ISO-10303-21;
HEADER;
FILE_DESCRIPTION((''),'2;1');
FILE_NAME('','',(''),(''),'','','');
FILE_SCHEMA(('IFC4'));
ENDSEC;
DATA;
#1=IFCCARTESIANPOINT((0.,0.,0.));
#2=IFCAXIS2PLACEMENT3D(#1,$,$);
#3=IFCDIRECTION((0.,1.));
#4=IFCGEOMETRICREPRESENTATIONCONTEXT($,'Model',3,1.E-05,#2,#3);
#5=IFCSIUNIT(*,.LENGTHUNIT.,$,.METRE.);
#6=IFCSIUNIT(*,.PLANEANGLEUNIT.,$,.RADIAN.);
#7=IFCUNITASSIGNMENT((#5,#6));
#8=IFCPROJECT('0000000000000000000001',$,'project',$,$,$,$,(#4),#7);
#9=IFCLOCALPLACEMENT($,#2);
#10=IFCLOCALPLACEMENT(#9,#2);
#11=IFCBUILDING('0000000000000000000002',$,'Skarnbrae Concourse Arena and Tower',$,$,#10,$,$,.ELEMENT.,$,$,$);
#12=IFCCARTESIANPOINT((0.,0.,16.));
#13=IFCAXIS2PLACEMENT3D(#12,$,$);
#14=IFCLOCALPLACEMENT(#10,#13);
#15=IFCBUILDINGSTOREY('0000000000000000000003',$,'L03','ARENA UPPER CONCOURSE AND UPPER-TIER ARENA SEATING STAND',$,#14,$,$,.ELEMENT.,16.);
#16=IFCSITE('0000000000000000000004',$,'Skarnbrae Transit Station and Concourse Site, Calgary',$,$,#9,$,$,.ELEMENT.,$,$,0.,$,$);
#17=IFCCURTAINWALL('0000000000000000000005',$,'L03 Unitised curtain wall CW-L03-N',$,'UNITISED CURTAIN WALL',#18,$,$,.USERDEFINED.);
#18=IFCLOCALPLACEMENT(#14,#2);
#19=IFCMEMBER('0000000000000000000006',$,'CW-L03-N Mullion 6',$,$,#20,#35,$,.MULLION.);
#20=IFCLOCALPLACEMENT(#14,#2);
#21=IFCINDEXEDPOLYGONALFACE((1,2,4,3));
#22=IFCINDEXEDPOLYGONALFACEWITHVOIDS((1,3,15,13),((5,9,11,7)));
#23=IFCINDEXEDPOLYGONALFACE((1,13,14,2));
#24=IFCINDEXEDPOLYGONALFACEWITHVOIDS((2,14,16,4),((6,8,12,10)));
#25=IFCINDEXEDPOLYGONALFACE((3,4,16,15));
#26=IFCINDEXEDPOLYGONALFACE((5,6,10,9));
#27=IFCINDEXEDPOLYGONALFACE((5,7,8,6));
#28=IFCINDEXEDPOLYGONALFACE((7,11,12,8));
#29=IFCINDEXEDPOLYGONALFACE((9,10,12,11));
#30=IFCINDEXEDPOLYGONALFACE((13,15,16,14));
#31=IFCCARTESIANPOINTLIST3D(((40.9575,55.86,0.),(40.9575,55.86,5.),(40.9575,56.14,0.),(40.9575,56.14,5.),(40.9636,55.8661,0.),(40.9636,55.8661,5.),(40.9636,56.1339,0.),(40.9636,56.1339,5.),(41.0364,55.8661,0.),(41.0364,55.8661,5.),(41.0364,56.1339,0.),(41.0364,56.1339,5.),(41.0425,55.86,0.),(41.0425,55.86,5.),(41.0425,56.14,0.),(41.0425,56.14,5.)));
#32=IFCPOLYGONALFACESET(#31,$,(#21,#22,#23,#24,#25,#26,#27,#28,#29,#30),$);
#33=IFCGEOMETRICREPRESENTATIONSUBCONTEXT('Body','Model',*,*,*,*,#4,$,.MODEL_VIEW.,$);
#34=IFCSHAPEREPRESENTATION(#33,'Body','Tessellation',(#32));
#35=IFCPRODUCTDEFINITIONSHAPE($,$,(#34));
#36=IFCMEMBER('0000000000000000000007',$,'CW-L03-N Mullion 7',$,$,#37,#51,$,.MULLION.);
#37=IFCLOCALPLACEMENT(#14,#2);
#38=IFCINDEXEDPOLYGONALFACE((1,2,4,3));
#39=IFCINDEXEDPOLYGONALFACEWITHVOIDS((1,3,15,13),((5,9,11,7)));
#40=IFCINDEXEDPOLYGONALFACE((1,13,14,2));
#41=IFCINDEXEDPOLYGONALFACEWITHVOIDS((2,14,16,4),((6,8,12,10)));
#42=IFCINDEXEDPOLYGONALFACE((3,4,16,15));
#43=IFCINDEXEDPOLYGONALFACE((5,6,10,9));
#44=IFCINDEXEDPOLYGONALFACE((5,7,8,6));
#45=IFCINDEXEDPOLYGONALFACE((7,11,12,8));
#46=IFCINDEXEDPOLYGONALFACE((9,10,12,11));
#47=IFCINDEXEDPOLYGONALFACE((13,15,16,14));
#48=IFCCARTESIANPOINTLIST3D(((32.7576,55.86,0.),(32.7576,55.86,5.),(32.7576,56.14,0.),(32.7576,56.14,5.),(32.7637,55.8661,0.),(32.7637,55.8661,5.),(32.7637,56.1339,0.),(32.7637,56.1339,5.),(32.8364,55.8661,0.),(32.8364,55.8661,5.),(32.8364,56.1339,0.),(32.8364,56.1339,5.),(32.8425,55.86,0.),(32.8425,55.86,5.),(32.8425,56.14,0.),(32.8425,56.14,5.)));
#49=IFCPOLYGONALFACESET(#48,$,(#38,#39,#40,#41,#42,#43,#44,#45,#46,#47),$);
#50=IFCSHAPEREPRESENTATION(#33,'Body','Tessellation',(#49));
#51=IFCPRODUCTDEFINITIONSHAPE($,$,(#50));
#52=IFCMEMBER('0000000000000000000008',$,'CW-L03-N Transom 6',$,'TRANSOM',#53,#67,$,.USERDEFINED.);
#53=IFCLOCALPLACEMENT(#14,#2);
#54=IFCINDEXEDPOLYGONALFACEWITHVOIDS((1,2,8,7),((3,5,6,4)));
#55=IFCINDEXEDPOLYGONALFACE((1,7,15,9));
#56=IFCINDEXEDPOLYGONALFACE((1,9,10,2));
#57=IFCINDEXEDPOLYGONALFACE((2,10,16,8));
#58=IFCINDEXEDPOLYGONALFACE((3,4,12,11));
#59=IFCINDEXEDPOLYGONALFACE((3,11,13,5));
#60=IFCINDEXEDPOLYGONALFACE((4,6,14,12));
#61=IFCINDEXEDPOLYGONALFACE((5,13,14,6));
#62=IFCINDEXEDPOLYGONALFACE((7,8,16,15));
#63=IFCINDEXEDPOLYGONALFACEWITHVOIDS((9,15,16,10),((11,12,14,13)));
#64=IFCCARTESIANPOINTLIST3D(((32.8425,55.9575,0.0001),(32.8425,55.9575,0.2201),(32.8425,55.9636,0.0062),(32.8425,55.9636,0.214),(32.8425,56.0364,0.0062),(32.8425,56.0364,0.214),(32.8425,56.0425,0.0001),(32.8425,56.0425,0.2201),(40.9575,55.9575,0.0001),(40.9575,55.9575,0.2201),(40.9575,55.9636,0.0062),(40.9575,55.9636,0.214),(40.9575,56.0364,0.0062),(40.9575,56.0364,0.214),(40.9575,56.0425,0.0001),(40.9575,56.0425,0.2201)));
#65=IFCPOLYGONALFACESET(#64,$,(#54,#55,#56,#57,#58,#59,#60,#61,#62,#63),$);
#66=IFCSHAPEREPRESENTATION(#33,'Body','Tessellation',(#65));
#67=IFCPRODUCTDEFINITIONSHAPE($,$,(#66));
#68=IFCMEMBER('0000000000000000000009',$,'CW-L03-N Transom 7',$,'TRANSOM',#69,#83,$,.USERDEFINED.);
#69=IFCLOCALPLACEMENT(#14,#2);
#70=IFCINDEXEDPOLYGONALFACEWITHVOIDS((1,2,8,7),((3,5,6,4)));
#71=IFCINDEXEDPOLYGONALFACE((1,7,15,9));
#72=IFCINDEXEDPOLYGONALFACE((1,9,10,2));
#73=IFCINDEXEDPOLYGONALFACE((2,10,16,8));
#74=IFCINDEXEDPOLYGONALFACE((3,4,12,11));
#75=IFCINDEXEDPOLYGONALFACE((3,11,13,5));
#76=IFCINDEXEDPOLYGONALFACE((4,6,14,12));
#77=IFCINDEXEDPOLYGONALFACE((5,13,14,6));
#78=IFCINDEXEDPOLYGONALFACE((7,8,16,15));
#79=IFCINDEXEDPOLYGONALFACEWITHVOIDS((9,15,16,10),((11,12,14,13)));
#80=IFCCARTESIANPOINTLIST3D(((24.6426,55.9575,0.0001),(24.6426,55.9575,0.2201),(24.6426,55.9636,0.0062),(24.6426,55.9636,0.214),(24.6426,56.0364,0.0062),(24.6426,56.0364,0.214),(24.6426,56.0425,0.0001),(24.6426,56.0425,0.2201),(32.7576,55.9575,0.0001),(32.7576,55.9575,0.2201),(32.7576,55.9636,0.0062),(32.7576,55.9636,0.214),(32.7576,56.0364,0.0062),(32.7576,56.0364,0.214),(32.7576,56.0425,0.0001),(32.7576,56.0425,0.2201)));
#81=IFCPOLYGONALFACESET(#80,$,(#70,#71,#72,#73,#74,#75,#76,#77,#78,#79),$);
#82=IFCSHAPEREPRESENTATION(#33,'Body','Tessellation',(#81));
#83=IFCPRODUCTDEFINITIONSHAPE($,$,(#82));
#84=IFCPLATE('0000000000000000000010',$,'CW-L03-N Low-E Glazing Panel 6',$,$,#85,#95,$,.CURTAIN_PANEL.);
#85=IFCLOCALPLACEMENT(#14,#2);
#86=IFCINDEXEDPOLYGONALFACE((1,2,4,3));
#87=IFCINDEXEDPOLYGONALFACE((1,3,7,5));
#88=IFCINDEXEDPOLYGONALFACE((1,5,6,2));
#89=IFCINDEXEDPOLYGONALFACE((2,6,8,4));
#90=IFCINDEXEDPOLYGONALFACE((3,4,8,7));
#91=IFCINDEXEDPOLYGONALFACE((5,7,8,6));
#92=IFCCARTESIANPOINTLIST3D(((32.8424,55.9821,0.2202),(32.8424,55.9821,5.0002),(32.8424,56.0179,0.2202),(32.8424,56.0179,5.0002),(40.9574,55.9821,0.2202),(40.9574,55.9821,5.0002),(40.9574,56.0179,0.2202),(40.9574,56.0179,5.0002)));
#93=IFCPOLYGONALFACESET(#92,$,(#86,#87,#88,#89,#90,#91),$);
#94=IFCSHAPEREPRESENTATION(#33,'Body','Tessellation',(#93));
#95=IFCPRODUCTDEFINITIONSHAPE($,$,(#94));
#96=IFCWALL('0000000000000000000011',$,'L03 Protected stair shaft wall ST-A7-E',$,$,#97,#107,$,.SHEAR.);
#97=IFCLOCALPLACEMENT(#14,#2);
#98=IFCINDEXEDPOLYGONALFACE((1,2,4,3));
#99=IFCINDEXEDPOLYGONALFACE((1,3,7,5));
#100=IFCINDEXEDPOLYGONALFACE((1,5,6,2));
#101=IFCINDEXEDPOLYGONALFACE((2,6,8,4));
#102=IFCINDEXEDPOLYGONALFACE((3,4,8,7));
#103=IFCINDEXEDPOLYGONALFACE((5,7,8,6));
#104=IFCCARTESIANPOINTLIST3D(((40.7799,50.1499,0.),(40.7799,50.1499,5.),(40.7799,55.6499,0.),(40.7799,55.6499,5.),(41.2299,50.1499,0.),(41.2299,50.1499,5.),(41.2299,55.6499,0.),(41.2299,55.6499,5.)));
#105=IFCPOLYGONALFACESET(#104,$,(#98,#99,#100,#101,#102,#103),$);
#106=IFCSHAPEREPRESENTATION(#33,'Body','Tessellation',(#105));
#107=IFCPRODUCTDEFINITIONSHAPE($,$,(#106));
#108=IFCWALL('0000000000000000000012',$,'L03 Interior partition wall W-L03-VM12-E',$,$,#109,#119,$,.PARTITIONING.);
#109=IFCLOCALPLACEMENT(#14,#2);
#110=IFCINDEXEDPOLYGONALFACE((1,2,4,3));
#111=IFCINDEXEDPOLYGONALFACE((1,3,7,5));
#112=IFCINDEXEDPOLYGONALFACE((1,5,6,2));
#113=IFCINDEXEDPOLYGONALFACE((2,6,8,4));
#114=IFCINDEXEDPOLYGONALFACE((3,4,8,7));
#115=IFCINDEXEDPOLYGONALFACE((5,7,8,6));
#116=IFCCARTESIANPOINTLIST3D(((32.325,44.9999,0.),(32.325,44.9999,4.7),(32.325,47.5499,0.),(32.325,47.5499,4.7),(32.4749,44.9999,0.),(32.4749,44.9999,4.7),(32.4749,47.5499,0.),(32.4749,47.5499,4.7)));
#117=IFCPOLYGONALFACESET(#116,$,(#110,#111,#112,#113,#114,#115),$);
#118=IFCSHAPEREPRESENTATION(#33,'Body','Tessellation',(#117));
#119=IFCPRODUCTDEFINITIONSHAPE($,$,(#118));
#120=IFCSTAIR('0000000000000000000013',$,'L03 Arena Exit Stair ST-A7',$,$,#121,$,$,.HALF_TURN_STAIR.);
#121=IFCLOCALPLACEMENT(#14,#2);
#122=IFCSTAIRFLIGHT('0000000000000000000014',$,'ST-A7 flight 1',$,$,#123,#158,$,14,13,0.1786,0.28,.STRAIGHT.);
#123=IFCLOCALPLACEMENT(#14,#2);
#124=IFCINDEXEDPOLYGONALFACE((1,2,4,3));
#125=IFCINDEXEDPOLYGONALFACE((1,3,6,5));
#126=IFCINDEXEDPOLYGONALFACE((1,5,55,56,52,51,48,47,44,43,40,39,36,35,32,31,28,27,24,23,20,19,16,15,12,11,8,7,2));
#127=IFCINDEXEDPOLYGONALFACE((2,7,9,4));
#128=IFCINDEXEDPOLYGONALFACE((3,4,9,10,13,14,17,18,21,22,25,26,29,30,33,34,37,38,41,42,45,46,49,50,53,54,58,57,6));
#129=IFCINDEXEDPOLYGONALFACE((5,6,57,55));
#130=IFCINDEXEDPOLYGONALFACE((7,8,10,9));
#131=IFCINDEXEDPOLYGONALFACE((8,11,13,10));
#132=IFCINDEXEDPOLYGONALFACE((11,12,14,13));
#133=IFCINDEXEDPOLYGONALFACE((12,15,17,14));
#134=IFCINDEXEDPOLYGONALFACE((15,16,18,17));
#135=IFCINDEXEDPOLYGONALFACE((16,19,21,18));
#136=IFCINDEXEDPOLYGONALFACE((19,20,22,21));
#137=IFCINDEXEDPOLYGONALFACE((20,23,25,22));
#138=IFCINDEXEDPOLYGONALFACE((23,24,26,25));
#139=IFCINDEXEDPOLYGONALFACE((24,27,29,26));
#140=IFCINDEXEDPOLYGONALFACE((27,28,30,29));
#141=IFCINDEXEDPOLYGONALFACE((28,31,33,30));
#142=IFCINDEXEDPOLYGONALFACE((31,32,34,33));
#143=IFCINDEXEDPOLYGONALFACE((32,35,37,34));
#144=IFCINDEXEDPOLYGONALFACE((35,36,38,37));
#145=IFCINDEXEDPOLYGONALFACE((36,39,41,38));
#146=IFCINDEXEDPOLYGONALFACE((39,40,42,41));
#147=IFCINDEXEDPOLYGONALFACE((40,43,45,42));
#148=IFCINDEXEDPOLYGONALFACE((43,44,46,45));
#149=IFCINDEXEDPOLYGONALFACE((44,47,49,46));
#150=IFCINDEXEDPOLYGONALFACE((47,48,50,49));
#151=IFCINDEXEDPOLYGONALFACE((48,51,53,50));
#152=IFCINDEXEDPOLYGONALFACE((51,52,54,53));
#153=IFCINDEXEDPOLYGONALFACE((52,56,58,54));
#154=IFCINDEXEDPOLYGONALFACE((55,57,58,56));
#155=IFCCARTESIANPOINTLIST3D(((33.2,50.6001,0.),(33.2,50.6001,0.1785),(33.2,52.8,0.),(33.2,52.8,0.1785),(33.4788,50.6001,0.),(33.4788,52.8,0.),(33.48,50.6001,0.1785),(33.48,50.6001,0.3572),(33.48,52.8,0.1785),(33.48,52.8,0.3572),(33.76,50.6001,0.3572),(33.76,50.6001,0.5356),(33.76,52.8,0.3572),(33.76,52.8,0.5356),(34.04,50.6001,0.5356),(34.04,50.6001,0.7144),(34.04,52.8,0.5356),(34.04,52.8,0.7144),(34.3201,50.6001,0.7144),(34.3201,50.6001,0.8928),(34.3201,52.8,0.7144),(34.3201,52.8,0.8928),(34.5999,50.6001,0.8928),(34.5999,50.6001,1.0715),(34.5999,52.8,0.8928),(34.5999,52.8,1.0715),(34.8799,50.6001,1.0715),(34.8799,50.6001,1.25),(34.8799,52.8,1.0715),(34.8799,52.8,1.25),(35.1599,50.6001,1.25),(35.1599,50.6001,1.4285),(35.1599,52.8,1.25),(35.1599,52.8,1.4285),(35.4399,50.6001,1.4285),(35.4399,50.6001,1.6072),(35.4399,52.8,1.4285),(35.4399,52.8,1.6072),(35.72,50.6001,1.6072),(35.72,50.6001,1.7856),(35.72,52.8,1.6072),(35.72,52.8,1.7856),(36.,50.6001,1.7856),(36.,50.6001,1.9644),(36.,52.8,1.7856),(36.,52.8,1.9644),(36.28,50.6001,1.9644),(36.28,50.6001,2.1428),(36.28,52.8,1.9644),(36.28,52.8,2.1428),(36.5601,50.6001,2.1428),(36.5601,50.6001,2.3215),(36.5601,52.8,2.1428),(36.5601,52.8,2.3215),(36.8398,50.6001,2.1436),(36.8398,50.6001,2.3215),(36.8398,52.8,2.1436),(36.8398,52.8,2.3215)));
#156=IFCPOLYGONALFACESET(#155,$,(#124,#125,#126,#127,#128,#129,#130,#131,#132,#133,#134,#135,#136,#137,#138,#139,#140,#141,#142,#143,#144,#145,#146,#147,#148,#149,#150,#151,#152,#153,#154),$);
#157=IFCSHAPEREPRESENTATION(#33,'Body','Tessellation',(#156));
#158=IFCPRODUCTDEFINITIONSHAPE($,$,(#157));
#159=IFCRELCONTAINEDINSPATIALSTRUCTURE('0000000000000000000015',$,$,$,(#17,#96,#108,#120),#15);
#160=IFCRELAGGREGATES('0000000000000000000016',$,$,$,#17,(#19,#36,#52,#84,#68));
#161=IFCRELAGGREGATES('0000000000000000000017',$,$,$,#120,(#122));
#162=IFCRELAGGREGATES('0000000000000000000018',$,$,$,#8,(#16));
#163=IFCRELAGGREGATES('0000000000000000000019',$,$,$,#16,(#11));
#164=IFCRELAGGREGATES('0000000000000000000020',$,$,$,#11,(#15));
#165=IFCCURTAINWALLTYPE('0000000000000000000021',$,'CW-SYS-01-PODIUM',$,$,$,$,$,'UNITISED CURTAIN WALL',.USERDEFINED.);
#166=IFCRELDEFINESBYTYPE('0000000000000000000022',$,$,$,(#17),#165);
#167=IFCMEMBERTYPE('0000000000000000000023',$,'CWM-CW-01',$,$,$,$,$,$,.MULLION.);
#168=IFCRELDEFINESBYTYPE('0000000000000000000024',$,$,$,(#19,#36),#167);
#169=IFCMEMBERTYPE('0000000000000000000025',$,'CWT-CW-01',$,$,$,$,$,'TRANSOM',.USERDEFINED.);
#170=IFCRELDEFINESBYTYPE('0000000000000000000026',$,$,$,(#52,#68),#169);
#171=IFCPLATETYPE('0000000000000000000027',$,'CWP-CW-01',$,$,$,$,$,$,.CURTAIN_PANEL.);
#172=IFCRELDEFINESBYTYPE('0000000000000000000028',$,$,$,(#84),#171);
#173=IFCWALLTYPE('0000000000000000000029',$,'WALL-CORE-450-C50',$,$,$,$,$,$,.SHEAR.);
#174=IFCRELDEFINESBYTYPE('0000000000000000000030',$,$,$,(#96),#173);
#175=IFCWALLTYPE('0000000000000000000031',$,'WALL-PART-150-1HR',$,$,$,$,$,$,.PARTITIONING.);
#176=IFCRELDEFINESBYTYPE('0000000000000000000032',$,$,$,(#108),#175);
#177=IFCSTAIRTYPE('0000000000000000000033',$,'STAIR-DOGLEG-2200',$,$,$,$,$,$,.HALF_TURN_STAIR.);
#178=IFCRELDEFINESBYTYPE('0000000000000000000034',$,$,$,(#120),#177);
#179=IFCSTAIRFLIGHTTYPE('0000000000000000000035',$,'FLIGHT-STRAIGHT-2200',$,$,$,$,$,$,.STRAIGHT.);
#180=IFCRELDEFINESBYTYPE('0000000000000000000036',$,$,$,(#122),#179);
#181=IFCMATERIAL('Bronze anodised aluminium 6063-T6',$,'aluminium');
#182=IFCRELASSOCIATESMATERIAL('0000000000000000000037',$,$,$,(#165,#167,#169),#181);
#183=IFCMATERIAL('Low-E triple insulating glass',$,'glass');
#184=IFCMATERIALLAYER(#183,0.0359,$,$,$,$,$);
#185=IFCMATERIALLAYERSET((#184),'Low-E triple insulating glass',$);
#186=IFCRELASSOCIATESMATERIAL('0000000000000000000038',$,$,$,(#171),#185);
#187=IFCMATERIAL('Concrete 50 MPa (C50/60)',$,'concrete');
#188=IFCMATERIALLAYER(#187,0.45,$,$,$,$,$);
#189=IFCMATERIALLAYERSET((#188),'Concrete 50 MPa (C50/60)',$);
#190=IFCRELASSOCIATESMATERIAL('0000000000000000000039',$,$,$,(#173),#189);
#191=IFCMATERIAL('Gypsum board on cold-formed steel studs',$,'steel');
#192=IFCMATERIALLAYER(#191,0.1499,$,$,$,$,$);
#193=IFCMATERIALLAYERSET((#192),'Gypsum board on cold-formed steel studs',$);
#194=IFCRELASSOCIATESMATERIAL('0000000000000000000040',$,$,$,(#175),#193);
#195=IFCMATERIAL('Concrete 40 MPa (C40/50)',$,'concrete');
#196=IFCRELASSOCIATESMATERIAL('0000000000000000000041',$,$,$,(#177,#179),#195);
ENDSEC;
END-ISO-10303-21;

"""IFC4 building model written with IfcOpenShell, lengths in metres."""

from ifc_helpers import new_model, si_unit, direction, frame, frame_2d, origin, origin_2d, place, context, subcontext, project, spatial, polyline, rectangle, hollow_rectangle, outline, extrude, source, transform, mapped, material, layer, layer_set, material_profile, profile_set, type_object, element, aggregate, save


model = new_model("IFC4")

# Units and contexts
model_context = context("Model", 3, precision=1e-05, world=origin(), true_north=direction((0.0, 1.0)))
body_context = subcontext(model_context, "Body", "Model", "MODEL_VIEW")
ifc_project = project(units=[si_unit("LENGTHUNIT", "METRE"), si_unit("PLANEANGLEUNIT", "RADIAN")], contexts=[model_context])

# Site, building, storey
site_placement = place(None, origin())
site = spatial("IfcSite", under=ifc_project, at=site_placement, Name="Skarnbrae Transit Station and Concourse Site, Calgary", CompositionType="ELEMENT", RefElevation=0.0)
building_placement = place(site_placement, origin())
building = spatial("IfcBuilding", under=site, at=building_placement, Name="Skarnbrae Concourse Arena and Tower", CompositionType="ELEMENT")
storey_placement = place(building_placement, frame((0.0, 0.0, 16.0)))
storey = spatial("IfcBuildingStorey", under=building, at=storey_placement, Name="L03", Description="ARENA UPPER CONCOURSE AND UPPER-TIER ARENA SEATING STAND", CompositionType="ELEMENT", Elevation=16.0)

# Curtain wall, members, plate
ifc_material_1 = material(Name="Bronze anodised aluminium 6063-T6", Category="aluminium")
curtain_wall_type = type_object("IfcCurtainWallType", Name="CW-SYS-01-PODIUM", ElementType="UNITISED CURTAIN WALL", PredefinedType="USERDEFINED", material=ifc_material_1)
curtain_wall_placement = place(storey_placement, origin())
curtain_wall = element("IfcCurtainWall", 1, at=curtain_wall_placement, inside=storey, type_object=curtain_wall_type, Name="L03 Unitised curtain wall CW-L03-N", ObjectType="UNITISED CURTAIN WALL", PredefinedType="USERDEFINED")
ifc_material_profile_1 = material_profile(ifc_material_1, hollow_rectangle(XDim=0.085, YDim=0.28, WallThickness=0.0061, at=origin_2d()), Name="ALU-MULL-85X280")
ifc_profile_set_1 = profile_set([ifc_material_profile_1], Name="Bronze anodised aluminium 6063-T6")
member_type_1 = type_object("IfcMemberType", Name="CWM-CW-01", PredefinedType="MULLION", material=ifc_profile_set_1)
shared_shape_1 = source(origin(), body_context, "Body", "SweptSolid", [
    extrude(hollow_rectangle(XDim=0.085, YDim=0.28, WallThickness=0.0061, at=origin_2d()), origin(), (0.0, 0.0, 1.0), 5.0),
])
member_1_placement = place(storey_placement, frame((41.0, 56.0, 0.0), z_axis=(0.0, 0.0, 1.0), x_axis=(-1.0, 0.0, 0.0)))
member_1 = element("IfcMember", 2, at=member_1_placement, type_object=member_type_1, Name="CW-L03-N Mullion 6", PredefinedType="MULLION", context=body_context, shape_type="MappedRepresentation", body=[
    mapped(shared_shape_1, transform((0.0, 0.0, 0.0))),
])
member_2_placement = place(storey_placement, frame((32.8, 56.0, 0.0), z_axis=(0.0, 0.0, 1.0), x_axis=(-1.0, 0.0, 0.0)))
member_2 = element("IfcMember", 3, at=member_2_placement, type_object=member_type_1, Name="CW-L03-N Mullion 7", PredefinedType="MULLION", context=body_context, shape_type="MappedRepresentation", body=[
    mapped(shared_shape_1, transform((0.0, 0.0, 0.0))),
])
ifc_material_profile_2 = material_profile(ifc_material_1, hollow_rectangle(XDim=0.085, YDim=0.22, WallThickness=0.0061, at=origin_2d()), Name="ALU-TRAN-85X220")
ifc_profile_set_2 = profile_set([ifc_material_profile_2], Name="Bronze anodised aluminium 6063-T6")
member_type_2 = type_object("IfcMemberType", Name="CWT-CW-01", ElementType="TRANSOM", PredefinedType="USERDEFINED", material=ifc_profile_set_2)
shared_shape_2 = source(origin(), body_context, "Body", "SweptSolid", [
    extrude(hollow_rectangle(XDim=0.085, YDim=0.22, WallThickness=0.0061, at=origin_2d()), origin(), (0.0, 0.0, 1.0), 8.115),
])
member_3_placement = place(storey_placement, frame((40.9575, 56.0, 0.1101), z_axis=(-1.0, 0.0, 0.0), x_axis=(0.0, -1.0, 0.0)))
member_3 = element("IfcMember", 4, at=member_3_placement, type_object=member_type_2, Name="CW-L03-N Transom 6", ObjectType="TRANSOM", PredefinedType="USERDEFINED", context=body_context, shape_type="MappedRepresentation", body=[
    mapped(shared_shape_2, transform((0.0, 0.0, 0.0))),
])
member_4_placement = place(storey_placement, frame((32.7576, 56.0, 0.1101), z_axis=(-1.0, 0.0, 0.0), x_axis=(0.0, -1.0, 0.0)))
member_4 = element("IfcMember", 5, at=member_4_placement, type_object=member_type_2, Name="CW-L03-N Transom 7", ObjectType="TRANSOM", PredefinedType="USERDEFINED", context=body_context, shape_type="MappedRepresentation", body=[
    mapped(shared_shape_2, transform((0.0, 0.0, 0.0))),
])
ifc_material_2 = material(Name="Low-E triple insulating glass", Category="glass")
ifc_layer_1 = layer(ifc_material_2, 0.0359)
ifc_layer_set_1 = layer_set([ifc_layer_1], Name="Low-E triple insulating glass")
plate_type = type_object("IfcPlateType", Name="CWP-CW-01", PredefinedType="CURTAIN_PANEL", material=ifc_layer_set_1)
shared_shape_3 = source(origin(), body_context, "Body", "SweptSolid", [
    extrude(rectangle(XDim=8.115, YDim=0.0359, at=origin_2d()), origin(), (0.0, 0.0, 1.0), 4.78),
])
plate_placement = place(storey_placement, frame((36.8999, 56.0, 0.2202), z_axis=(0.0, 0.0, 1.0), x_axis=(-1.0, 0.0, 0.0)))
plate = element("IfcPlate", 6, at=plate_placement, type_object=plate_type, Name="CW-L03-N Low-E Glazing Panel 6", PredefinedType="CURTAIN_PANEL", context=body_context, shape_type="MappedRepresentation", body=[
    mapped(shared_shape_3, transform((0.0, 0.0, 0.0))),
])
aggregate(curtain_wall, [member_1, member_2, member_3, plate, member_4])

# Walls
ifc_material_3 = material(Name="Concrete 50 MPa (C50/60)", Category="concrete")
ifc_layer_2 = layer(ifc_material_3, 0.45)
ifc_layer_set_2 = layer_set([ifc_layer_2], Name="Concrete 50 MPa (C50/60)")
wall_type_1 = type_object("IfcWallType", Name="WALL-CORE-450-C50", PredefinedType="SHEAR", material=ifc_layer_set_2)
shared_shape_4 = source(origin(), body_context, "Body", "SweptSolid", [
    extrude(rectangle(XDim=5.5, YDim=0.45, at=frame_2d((2.75, 0.0))), origin(), (0.0, 0.0, 1.0), 5.0),
])
wall_1_placement = place(storey_placement, frame((41.0049, 50.1499, 0.0), z_axis=(0.0, 0.0, 1.0), x_axis=(0.0, 1.0, 0.0)))
element("IfcWall", 7, at=wall_1_placement, inside=storey, type_object=wall_type_1, Name="L03 Protected stair shaft wall ST-A7-E", PredefinedType="SHEAR", context=body_context, shape_type="MappedRepresentation", body=[
    mapped(shared_shape_4, transform((0.0, 0.0, 0.0))),
])
ifc_material_4 = material(Name="Gypsum board on cold-formed steel studs", Category="steel")
ifc_layer_3 = layer(ifc_material_4, 0.1499)
ifc_layer_set_3 = layer_set([ifc_layer_3], Name="Gypsum board on cold-formed steel studs")
wall_type_2 = type_object("IfcWallType", Name="WALL-PART-150-1HR", PredefinedType="PARTITIONING", material=ifc_layer_set_3)
shared_shape_5 = source(origin(), body_context, "Body", "SweptSolid", [
    extrude(rectangle(XDim=2.55, YDim=0.1499, at=frame_2d((1.2749, 0.0))), origin(), (0.0, 0.0, 1.0), 4.7),
])
wall_2_placement = place(storey_placement, frame((32.3999, 45.0, 0.0), z_axis=(0.0, 0.0, 1.0), x_axis=(0.0, 1.0, 0.0)))
element("IfcWall", 8, at=wall_2_placement, inside=storey, type_object=wall_type_2, Name="L03 Interior partition wall W-L03-VM12-E", PredefinedType="PARTITIONING", context=body_context, shape_type="MappedRepresentation", body=[
    mapped(shared_shape_5, transform((0.0, 0.0, 0.0))),
])

# Stair, stair flight
ifc_material_5 = material(Name="Concrete 40 MPa (C40/50)", Category="concrete")
stair_type = type_object("IfcStairType", Name="STAIR-DOGLEG-2200", PredefinedType="HALF_TURN_STAIR", material=ifc_material_5)
stair_placement = place(storey_placement, origin())
stair = element("IfcStair", 9, at=stair_placement, inside=storey, type_object=stair_type, Name="L03 Arena Exit Stair ST-A7", PredefinedType="HALF_TURN_STAIR")
stair_flight_type = type_object("IfcStairFlightType", Name="FLIGHT-STRAIGHT-2200", PredefinedType="STRAIGHT", material=ifc_material_5)
shared_shape_6 = source(origin(), body_context, "Body", "SweptSolid", [
    extrude(outline(polyline([(0.0, 0.0), (0.0, 0.1785), (0.28, 0.1785), (0.28, 0.3572), (0.5601, 0.3572), (0.5601, 0.5356), (0.8401, 0.5356), (0.8401, 0.7144), (1.1201, 0.7144), (1.1201, 0.8928), (1.3999, 0.8928), (1.3999, 1.0715), (1.6799, 1.0715), (1.6799, 1.25), (1.96, 1.25), (1.96, 1.4285), (2.24, 1.4285), (2.24, 1.6072), (2.52, 1.6072), (2.52, 1.7856), (2.8, 1.7856), (2.8, 1.9644), (3.0801, 1.9644), (3.0801, 2.1428), (3.3601, 2.1428), (3.3601, 2.3215), (3.6399, 2.3215), (3.6399, 2.5), (3.6399, 2.1436), (0.2788, 0.0), (0.0, 0.0)])), frame((0.0, 1.1001, 0.0), z_axis=(0.0, -1.0, 0.0), x_axis=(1.0, 0.0, 0.0)), (0.0, 0.0, 1.0), 2.2),
])
stair_flight_1_placement = place(storey_placement, frame((33.2, 51.7, 0.0), z_axis=(0.0, 0.0, 1.0), x_axis=(1.0, 0.0, 0.0)))
stair_flight_1 = element("IfcStairFlight", 10, at=stair_flight_1_placement, type_object=stair_flight_type, Name="ST-A7 flight 1", NumberOfRisers=14, NumberOfTreads=13, PredefinedType="STRAIGHT", RiserHeight=0.1786, TreadLength=0.28, context=body_context, shape_type="MappedRepresentation", body=[
    mapped(shared_shape_6, transform((0.0, 0.0, 0.0))),
])
aggregate(stair, [stair_flight_1])

save(model, "model.ifc")
